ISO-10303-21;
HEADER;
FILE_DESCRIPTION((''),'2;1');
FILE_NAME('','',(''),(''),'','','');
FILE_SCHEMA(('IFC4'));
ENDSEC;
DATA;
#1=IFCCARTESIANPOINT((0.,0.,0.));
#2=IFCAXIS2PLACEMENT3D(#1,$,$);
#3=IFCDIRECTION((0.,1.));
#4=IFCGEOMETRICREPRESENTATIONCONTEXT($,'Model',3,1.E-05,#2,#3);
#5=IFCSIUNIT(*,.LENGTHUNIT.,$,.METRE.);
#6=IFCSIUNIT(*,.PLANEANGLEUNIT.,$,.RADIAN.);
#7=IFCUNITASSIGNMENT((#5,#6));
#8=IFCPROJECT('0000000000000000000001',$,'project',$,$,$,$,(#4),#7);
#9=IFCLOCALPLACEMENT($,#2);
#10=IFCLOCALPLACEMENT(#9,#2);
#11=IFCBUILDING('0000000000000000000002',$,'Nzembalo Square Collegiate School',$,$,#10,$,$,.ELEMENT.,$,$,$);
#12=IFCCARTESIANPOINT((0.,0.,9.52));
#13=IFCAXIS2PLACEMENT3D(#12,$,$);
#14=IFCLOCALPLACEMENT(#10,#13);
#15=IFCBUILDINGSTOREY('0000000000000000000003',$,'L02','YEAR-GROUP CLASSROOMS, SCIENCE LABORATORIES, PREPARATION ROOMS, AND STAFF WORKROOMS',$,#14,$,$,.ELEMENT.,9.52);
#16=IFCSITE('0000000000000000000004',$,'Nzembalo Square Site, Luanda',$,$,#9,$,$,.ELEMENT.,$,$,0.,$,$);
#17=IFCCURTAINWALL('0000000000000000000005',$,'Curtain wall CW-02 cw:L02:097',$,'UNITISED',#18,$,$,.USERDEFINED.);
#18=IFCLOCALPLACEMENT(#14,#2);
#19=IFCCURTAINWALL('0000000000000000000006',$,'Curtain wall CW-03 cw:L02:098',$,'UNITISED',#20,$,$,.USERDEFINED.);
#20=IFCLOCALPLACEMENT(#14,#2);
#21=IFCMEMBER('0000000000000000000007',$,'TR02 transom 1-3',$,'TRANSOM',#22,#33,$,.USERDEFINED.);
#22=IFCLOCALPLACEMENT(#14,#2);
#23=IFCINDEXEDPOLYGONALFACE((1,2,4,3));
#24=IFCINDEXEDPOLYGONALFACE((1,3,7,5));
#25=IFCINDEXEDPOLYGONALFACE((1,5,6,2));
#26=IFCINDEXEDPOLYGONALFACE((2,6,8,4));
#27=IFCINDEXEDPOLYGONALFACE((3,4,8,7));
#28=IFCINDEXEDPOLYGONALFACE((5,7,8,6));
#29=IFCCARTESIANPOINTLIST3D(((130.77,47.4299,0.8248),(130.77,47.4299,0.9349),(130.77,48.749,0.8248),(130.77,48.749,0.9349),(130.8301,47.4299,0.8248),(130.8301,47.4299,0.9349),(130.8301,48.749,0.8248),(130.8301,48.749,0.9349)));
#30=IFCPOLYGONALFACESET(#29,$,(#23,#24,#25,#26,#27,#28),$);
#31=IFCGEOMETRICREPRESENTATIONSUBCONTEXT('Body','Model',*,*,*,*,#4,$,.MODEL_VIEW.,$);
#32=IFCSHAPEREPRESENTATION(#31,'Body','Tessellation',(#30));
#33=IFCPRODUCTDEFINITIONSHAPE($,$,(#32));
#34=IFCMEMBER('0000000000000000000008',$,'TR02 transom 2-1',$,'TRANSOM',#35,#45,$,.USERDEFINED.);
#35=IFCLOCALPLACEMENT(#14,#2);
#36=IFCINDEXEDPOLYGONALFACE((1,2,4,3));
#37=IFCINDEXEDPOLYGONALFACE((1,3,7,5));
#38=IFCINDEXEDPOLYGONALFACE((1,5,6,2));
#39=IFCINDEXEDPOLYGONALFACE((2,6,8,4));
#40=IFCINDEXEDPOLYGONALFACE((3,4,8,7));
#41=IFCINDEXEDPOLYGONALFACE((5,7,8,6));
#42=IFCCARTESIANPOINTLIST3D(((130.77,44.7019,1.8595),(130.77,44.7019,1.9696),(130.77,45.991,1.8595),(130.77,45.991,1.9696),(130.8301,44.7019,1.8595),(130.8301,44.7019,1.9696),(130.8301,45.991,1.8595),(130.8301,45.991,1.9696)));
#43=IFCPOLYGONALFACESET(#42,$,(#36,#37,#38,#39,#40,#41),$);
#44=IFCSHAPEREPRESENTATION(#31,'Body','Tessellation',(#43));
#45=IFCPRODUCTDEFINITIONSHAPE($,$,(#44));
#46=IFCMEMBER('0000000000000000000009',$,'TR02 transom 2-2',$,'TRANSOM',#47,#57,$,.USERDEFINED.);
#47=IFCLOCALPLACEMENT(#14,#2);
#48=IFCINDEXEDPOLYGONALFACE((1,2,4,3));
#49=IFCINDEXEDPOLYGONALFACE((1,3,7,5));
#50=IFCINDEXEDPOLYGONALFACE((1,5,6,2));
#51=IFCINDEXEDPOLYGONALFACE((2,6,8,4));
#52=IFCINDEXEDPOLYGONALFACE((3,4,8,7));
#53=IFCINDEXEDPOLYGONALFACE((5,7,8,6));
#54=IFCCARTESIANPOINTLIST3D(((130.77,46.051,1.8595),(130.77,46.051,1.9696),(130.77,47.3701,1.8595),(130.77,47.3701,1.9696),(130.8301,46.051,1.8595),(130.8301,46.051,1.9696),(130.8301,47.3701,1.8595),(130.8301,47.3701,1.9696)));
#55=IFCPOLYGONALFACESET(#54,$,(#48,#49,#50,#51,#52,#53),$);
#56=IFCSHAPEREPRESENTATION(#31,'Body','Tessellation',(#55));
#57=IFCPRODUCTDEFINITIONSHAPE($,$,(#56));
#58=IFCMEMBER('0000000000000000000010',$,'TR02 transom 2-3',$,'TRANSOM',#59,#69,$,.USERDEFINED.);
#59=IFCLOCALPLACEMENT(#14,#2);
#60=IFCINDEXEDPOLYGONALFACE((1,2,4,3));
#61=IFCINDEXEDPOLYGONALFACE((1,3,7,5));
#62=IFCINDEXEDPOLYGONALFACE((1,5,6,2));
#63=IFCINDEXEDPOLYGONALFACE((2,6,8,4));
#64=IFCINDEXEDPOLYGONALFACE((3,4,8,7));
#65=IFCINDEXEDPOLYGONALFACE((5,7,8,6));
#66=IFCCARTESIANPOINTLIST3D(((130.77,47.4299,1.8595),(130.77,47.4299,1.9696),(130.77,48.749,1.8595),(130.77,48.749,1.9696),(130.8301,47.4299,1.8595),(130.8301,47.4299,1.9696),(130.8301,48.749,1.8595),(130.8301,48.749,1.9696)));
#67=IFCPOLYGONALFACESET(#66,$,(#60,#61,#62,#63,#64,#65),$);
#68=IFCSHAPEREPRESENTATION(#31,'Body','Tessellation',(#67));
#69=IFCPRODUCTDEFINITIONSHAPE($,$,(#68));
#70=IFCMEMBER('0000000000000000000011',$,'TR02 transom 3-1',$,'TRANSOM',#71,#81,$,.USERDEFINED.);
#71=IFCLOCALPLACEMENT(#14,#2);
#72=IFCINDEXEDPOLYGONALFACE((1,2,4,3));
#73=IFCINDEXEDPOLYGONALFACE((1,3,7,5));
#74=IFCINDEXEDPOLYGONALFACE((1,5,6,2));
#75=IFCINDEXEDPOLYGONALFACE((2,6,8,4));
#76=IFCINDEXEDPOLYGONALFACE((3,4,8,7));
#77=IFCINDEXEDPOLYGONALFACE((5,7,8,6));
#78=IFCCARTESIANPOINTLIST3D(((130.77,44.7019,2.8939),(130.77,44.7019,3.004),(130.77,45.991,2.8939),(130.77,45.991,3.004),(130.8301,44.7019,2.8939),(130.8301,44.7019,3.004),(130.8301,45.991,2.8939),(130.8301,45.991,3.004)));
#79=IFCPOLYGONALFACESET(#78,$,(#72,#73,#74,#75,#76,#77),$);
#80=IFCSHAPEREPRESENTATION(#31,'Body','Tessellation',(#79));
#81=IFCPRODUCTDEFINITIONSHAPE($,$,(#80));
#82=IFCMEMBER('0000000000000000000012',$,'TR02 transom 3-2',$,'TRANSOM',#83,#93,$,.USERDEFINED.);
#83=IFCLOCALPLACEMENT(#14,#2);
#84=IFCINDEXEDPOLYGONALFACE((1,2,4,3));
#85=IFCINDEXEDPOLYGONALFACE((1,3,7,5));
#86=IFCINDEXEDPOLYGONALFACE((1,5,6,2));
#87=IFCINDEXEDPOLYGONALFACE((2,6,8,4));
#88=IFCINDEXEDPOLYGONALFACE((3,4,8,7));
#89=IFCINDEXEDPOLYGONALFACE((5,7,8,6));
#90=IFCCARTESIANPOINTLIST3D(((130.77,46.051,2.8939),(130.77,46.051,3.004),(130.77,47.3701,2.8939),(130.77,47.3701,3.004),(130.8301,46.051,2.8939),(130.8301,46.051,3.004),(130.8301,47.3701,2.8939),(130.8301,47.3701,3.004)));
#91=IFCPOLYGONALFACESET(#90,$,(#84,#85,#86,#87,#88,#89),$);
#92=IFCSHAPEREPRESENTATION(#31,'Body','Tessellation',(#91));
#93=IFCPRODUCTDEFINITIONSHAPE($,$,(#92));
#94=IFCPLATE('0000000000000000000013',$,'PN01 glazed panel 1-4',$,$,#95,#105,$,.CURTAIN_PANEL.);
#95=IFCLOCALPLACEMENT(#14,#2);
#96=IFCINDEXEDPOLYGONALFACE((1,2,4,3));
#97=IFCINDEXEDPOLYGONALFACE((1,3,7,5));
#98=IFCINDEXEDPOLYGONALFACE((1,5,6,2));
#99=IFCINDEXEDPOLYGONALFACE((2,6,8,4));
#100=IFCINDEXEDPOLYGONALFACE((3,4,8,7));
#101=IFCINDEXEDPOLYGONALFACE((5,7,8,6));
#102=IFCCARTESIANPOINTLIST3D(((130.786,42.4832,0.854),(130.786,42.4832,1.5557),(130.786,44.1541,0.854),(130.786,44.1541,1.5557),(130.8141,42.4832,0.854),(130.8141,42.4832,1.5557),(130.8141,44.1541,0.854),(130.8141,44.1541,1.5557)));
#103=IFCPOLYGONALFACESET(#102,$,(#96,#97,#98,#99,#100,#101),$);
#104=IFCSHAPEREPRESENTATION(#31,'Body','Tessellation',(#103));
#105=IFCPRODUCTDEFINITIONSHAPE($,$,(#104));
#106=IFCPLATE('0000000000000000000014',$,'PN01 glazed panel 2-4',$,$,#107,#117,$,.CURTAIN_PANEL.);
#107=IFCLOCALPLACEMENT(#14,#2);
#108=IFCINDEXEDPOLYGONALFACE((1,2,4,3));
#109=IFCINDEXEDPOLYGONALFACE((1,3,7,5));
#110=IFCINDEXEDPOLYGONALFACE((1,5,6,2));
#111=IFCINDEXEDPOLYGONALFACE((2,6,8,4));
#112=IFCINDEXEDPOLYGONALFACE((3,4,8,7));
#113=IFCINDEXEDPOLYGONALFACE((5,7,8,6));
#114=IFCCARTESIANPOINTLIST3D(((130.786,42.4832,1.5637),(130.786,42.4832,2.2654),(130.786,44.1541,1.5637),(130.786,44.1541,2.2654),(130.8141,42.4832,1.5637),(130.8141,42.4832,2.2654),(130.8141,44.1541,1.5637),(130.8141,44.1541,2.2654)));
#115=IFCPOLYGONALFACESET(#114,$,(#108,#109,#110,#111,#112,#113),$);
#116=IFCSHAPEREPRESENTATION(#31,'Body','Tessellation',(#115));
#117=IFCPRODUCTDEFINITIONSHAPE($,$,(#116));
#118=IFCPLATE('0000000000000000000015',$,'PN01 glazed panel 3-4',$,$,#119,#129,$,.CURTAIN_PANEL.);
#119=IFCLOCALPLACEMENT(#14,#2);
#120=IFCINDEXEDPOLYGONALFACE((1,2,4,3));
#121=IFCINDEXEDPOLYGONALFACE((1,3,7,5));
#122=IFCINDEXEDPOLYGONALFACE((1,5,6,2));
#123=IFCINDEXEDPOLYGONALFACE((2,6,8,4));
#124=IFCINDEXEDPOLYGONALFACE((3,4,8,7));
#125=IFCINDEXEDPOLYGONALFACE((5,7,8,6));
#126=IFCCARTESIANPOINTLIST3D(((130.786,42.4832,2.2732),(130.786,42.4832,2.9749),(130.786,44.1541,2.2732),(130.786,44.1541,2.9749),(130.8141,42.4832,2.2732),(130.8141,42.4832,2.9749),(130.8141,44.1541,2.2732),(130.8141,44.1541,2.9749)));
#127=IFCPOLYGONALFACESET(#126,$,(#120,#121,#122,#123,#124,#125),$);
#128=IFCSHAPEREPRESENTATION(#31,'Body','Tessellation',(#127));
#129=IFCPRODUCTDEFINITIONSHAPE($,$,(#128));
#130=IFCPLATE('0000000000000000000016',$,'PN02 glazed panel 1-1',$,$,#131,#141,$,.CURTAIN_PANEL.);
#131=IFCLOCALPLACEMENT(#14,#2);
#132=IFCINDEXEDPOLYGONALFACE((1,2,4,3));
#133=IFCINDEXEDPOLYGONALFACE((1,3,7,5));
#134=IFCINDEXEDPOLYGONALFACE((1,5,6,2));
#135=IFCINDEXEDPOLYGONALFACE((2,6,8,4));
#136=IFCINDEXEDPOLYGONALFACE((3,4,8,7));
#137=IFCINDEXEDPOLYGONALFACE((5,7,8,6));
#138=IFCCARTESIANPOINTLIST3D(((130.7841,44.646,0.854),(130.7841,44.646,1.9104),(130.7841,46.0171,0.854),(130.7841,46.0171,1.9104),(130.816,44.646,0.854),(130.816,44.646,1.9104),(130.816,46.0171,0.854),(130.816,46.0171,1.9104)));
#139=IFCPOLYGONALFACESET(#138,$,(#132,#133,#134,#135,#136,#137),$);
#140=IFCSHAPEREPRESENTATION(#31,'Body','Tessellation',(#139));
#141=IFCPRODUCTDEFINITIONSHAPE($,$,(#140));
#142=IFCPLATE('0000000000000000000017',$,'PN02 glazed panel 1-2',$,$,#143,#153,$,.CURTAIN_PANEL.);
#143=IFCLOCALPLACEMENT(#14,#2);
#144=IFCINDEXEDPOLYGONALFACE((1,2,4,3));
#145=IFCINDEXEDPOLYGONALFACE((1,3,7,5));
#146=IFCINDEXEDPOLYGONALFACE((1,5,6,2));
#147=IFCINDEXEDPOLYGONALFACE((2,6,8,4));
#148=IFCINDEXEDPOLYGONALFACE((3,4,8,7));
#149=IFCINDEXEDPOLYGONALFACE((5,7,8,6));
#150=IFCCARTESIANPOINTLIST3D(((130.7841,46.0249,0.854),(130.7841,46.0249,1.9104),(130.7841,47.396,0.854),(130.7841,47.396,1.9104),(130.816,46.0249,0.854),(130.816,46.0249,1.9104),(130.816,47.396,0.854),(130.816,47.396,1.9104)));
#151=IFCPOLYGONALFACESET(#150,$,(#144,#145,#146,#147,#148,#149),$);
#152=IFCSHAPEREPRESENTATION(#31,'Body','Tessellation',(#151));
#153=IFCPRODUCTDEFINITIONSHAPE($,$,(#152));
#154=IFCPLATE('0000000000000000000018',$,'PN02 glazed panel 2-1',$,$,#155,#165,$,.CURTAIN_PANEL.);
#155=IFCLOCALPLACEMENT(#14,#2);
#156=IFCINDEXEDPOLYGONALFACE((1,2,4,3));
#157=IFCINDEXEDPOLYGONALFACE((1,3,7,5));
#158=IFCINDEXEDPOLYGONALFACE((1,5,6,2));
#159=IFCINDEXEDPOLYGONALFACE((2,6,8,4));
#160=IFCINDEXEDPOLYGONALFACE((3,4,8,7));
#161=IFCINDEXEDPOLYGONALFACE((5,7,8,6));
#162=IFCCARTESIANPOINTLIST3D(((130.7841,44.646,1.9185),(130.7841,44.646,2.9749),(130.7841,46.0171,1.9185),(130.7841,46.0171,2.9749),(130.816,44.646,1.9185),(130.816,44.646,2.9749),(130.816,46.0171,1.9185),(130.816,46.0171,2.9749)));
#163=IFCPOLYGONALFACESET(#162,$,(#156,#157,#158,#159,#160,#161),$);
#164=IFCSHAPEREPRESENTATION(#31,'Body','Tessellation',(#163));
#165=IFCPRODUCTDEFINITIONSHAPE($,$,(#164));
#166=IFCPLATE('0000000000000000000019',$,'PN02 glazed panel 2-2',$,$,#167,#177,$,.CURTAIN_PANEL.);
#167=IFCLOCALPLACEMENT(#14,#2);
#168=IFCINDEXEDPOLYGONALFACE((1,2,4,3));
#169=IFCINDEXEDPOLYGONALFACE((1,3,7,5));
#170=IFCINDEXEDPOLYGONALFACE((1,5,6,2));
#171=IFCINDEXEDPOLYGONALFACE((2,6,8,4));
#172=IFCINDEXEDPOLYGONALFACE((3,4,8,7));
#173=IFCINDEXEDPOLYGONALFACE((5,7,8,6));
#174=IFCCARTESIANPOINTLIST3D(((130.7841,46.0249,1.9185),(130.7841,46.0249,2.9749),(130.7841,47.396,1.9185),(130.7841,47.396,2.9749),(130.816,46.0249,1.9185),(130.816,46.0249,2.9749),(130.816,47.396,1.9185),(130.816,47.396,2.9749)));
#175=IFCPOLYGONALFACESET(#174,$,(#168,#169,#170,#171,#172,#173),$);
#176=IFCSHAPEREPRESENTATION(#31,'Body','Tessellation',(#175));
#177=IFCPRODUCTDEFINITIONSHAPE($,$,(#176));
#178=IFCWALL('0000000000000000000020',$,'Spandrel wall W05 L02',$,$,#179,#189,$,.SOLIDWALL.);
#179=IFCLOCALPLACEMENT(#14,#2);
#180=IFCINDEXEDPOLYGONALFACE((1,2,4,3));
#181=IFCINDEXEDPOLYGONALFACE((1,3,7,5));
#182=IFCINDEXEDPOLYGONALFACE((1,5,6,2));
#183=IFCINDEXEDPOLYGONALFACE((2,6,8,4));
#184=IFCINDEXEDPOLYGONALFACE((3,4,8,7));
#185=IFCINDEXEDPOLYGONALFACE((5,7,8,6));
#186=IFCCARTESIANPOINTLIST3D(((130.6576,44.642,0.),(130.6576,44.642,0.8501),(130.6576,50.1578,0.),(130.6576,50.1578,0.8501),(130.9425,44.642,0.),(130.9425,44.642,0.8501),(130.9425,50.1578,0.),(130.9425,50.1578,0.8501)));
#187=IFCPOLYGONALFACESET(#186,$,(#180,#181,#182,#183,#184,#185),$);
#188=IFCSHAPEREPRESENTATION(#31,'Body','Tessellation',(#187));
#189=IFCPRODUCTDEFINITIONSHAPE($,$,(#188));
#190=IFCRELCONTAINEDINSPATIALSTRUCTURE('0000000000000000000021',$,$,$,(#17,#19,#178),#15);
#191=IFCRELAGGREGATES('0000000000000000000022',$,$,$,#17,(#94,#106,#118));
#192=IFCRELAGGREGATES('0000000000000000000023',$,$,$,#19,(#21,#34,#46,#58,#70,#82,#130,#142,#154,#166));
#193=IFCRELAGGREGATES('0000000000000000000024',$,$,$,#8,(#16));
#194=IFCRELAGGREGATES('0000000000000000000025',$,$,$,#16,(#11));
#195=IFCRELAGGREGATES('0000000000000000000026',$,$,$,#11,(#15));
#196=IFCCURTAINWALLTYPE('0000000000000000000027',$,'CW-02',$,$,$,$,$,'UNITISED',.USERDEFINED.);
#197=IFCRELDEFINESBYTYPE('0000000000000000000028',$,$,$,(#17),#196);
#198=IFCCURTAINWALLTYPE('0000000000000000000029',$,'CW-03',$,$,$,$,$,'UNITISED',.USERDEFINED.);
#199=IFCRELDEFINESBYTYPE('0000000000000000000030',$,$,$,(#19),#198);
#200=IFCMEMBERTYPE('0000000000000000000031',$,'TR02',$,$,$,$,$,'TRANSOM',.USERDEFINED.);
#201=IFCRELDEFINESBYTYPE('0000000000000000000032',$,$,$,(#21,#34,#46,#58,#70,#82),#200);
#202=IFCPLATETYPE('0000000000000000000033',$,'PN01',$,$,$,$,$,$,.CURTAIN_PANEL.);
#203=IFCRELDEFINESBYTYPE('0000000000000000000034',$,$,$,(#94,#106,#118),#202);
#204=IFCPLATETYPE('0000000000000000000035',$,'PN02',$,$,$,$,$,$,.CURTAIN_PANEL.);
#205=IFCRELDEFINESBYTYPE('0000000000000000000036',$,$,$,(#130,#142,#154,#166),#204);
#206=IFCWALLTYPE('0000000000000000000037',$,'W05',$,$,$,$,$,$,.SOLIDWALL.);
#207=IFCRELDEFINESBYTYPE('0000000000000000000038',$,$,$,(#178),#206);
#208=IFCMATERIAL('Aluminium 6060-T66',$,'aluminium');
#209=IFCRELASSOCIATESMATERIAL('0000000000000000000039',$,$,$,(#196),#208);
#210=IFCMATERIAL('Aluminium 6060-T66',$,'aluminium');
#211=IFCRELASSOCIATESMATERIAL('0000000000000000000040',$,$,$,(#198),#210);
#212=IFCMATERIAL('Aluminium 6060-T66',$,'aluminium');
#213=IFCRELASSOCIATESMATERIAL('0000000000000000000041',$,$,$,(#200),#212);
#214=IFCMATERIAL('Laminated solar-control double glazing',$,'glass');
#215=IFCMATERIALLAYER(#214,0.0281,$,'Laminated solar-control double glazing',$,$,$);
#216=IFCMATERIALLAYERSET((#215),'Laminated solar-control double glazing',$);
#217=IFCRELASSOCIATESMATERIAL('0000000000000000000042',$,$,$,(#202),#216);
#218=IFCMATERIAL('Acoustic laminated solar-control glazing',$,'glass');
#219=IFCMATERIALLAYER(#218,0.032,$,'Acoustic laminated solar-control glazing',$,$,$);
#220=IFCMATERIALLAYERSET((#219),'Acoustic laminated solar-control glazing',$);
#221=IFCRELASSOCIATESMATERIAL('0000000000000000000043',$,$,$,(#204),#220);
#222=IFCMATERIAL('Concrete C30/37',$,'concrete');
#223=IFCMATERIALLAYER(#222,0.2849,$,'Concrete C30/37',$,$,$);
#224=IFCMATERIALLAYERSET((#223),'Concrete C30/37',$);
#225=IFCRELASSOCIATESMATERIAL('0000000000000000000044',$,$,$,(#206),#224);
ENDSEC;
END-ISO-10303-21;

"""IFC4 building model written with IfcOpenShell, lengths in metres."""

from ifc_helpers import new_model, si_unit, direction, frame, frame_2d, origin, origin_2d, place, context, subcontext, project, spatial, rectangle, extrude, material, layer, layer_set, material_profile, profile_set, type_object, element, aggregate, save


model = new_model("IFC4")

# Units and contexts
model_context = context("Model", 3, precision=1e-05, world=origin(), true_north=direction((0.0, 1.0)))
body_context = subcontext(model_context, "Body", "Model", "MODEL_VIEW")
ifc_project = project(units=[si_unit("LENGTHUNIT", "METRE"), si_unit("PLANEANGLEUNIT", "RADIAN")], contexts=[model_context])

# Site, building, storey
site_placement = place(None, origin())
site = spatial("IfcSite", under=ifc_project, at=site_placement, Name="Nzembalo Square Site, Luanda", CompositionType="ELEMENT", RefElevation=0.0)
building_placement = place(site_placement, origin())
building = spatial("IfcBuilding", under=site, at=building_placement, Name="Nzembalo Square Collegiate School", CompositionType="ELEMENT")
storey_placement = place(building_placement, frame((0.0, 0.0, 9.52)))
storey = spatial("IfcBuildingStorey", under=building, at=storey_placement, Name="L02", Description="YEAR-GROUP CLASSROOMS, SCIENCE LABORATORIES, PREPARATION ROOMS, AND STAFF WORKROOMS", CompositionType="ELEMENT", Elevation=9.52)

# Curtain wall
ifc_material_1 = material(Name="Aluminium 6060-T66", Category="aluminium")
curtain_wall_type_1 = type_object("IfcCurtainWallType", Name="CW-02", ElementType="UNITISED", PredefinedType="USERDEFINED", material=ifc_material_1)
curtain_wall_1_placement = place(storey_placement, origin())
curtain_wall_1 = element("IfcCurtainWall", 1, at=curtain_wall_1_placement, inside=storey, type_object=curtain_wall_type_1, Name="Curtain wall CW-02 cw:L02:097", ObjectType="UNITISED", PredefinedType="USERDEFINED")

# Curtain wall
ifc_material_2 = material(Name="Aluminium 6060-T66", Category="aluminium")
curtain_wall_type_2 = type_object("IfcCurtainWallType", Name="CW-03", ElementType="UNITISED", PredefinedType="USERDEFINED", material=ifc_material_2)
curtain_wall_2_placement = place(storey_placement, origin())
curtain_wall_2 = element("IfcCurtainWall", 2, at=curtain_wall_2_placement, inside=storey, type_object=curtain_wall_type_2, Name="Curtain wall CW-03 cw:L02:098", ObjectType="UNITISED", PredefinedType="USERDEFINED")

# Members
ifc_material_3 = material(Name="Aluminium 6060-T66", Category="aluminium")
ifc_material_profile_1 = material_profile(ifc_material_3, rectangle(XDim=0.0601, YDim=0.1101, at=origin_2d()), Name="ALU T60x110")
ifc_profile_set_1 = profile_set([ifc_material_profile_1], Name="Aluminium 6060-T66")
member_type_1 = type_object("IfcMemberType", Name="TR02", ElementType="TRANSOM", PredefinedType="USERDEFINED", material=ifc_profile_set_1)
member_1_placement = place(storey_placement, frame((130.8, 47.4299, 0.8799), z_axis=(0.0, 1.0, 0.0), x_axis=(-1.0, 0.0, 0.0)))
member_1 = element("IfcMember", 3, at=member_1_placement, type_object=member_type_1, Name="TR02 transom 1-3", ObjectType="TRANSOM", PredefinedType="USERDEFINED", context=body_context, shape_type="SweptSolid", body=[
    extrude(rectangle(XDim=0.0601, YDim=0.1101, at=origin_2d()), origin(), (0.0, 0.0, 1.0), 1.3191),
])
member_2_placement = place(storey_placement, frame((130.8, 44.7019, 1.9146), z_axis=(0.0, 1.0, 0.0), x_axis=(-1.0, 0.0, 0.0)))
member_2 = element("IfcMember", 4, at=member_2_placement, type_object=member_type_1, Name="TR02 transom 2-1", ObjectType="TRANSOM", PredefinedType="USERDEFINED", context=body_context, shape_type="SweptSolid", body=[
    extrude(rectangle(XDim=0.0601, YDim=0.1101, at=origin_2d()), origin(), (0.0, 0.0, 1.0), 1.2891),
])
member_3_placement = place(storey_placement, frame((130.8, 46.051, 1.9146), z_axis=(0.0, 1.0, 0.0), x_axis=(-1.0, 0.0, 0.0)))
member_3 = element("IfcMember", 5, at=member_3_placement, type_object=member_type_1, Name="TR02 transom 2-2", ObjectType="TRANSOM", PredefinedType="USERDEFINED", context=body_context, shape_type="SweptSolid", body=[
    extrude(rectangle(XDim=0.0601, YDim=0.1101, at=origin_2d()), origin(), (0.0, 0.0, 1.0), 1.3191),
])
member_4_placement = place(storey_placement, frame((130.8, 47.4299, 1.9146), z_axis=(0.0, 1.0, 0.0), x_axis=(-1.0, 0.0, 0.0)))
member_4 = element("IfcMember", 6, at=member_4_placement, type_object=member_type_1, Name="TR02 transom 2-3", ObjectType="TRANSOM", PredefinedType="USERDEFINED", context=body_context, shape_type="SweptSolid", body=[
    extrude(rectangle(XDim=0.0601, YDim=0.1101, at=origin_2d()), origin(), (0.0, 0.0, 1.0), 1.3191),
])
member_5_placement = place(storey_placement, frame((130.8, 44.7019, 2.949), z_axis=(0.0, 1.0, 0.0), x_axis=(-1.0, 0.0, 0.0)))
member_5 = element("IfcMember", 7, at=member_5_placement, type_object=member_type_1, Name="TR02 transom 3-1", ObjectType="TRANSOM", PredefinedType="USERDEFINED", context=body_context, shape_type="SweptSolid", body=[
    extrude(rectangle(XDim=0.0601, YDim=0.1101, at=origin_2d()), origin(), (0.0, 0.0, 1.0), 1.2891),
])
member_6_placement = place(storey_placement, frame((130.8, 46.051, 2.949), z_axis=(0.0, 1.0, 0.0), x_axis=(-1.0, 0.0, 0.0)))
member_6 = element("IfcMember", 8, at=member_6_placement, type_object=member_type_1, Name="TR02 transom 3-2", ObjectType="TRANSOM", PredefinedType="USERDEFINED", context=body_context, shape_type="SweptSolid", body=[
    extrude(rectangle(XDim=0.0601, YDim=0.1101, at=origin_2d()), origin(), (0.0, 0.0, 1.0), 1.3191),
])

# Plates
ifc_material_4 = material(Name="Laminated solar-control double glazing", Category="glass")
ifc_layer_1 = layer(ifc_material_4, 0.0281, Name="Laminated solar-control double glazing")
ifc_layer_set_1 = layer_set([ifc_layer_1], Name="Laminated solar-control double glazing")
plate_type_1 = type_object("IfcPlateType", Name="PN01", PredefinedType="CURTAIN_PANEL", material=ifc_layer_set_1)
plate_1_placement = place(storey_placement, frame((130.8, 43.3186, 0.854), z_axis=(0.0, 0.0, 1.0), x_axis=(0.0, 1.0, 0.0)))
plate_1 = element("IfcPlate", 9, at=plate_1_placement, type_object=plate_type_1, Name="PN01 glazed panel 1-4", PredefinedType="CURTAIN_PANEL", context=body_context, shape_type="SweptSolid", body=[
    extrude(rectangle(XDim=1.6709, YDim=0.0281, at=origin_2d()), origin(), (0.0, 0.0, 1.0), 0.7017),
])
plate_2_placement = place(storey_placement, frame((130.8, 43.3186, 1.5637), z_axis=(0.0, 0.0, 1.0), x_axis=(0.0, 1.0, 0.0)))
plate_2 = element("IfcPlate", 10, at=plate_2_placement, type_object=plate_type_1, Name="PN01 glazed panel 2-4", PredefinedType="CURTAIN_PANEL", context=body_context, shape_type="SweptSolid", body=[
    extrude(rectangle(XDim=1.6709, YDim=0.0281, at=origin_2d()), origin(), (0.0, 0.0, 1.0), 0.7017),
])
plate_3_placement = place(storey_placement, frame((130.8, 43.3186, 2.2732), z_axis=(0.0, 0.0, 1.0), x_axis=(0.0, 1.0, 0.0)))
plate_3 = element("IfcPlate", 11, at=plate_3_placement, type_object=plate_type_1, Name="PN01 glazed panel 3-4", PredefinedType="CURTAIN_PANEL", context=body_context, shape_type="SweptSolid", body=[
    extrude(rectangle(XDim=1.6709, YDim=0.0281, at=origin_2d()), origin(), (0.0, 0.0, 1.0), 0.7017),
])
aggregate(curtain_wall_1, [plate_1, plate_2, plate_3])
ifc_material_5 = material(Name="Acoustic laminated solar-control glazing", Category="glass")
ifc_layer_2 = layer(ifc_material_5, 0.032, Name="Acoustic laminated solar-control glazing")
ifc_layer_set_2 = layer_set([ifc_layer_2], Name="Acoustic laminated solar-control glazing")
plate_type_2 = type_object("IfcPlateType", Name="PN02", PredefinedType="CURTAIN_PANEL", material=ifc_layer_set_2)
plate_4_placement = place(storey_placement, frame((130.8, 45.3315, 0.854), z_axis=(0.0, 0.0, 1.0), x_axis=(0.0, 1.0, 0.0)))
plate_4 = element("IfcPlate", 12, at=plate_4_placement, type_object=plate_type_2, Name="PN02 glazed panel 1-1", PredefinedType="CURTAIN_PANEL", context=body_context, shape_type="SweptSolid", body=[
    extrude(rectangle(XDim=1.3711, YDim=0.032, at=origin_2d()), origin(), (0.0, 0.0, 1.0), 1.0564),
])
plate_5_placement = place(storey_placement, frame((130.8, 46.7104, 0.854), z_axis=(0.0, 0.0, 1.0), x_axis=(0.0, 1.0, 0.0)))
plate_5 = element("IfcPlate", 13, at=plate_5_placement, type_object=plate_type_2, Name="PN02 glazed panel 1-2", PredefinedType="CURTAIN_PANEL", context=body_context, shape_type="SweptSolid", body=[
    extrude(rectangle(XDim=1.3711, YDim=0.032, at=origin_2d()), origin(), (0.0, 0.0, 1.0), 1.0564),
])
plate_6_placement = place(storey_placement, frame((130.8, 45.3315, 1.9185), z_axis=(0.0, 0.0, 1.0), x_axis=(0.0, 1.0, 0.0)))
plate_6 = element("IfcPlate", 14, at=plate_6_placement, type_object=plate_type_2, Name="PN02 glazed panel 2-1", PredefinedType="CURTAIN_PANEL", context=body_context, shape_type="SweptSolid", body=[
    extrude(rectangle(XDim=1.3711, YDim=0.032, at=origin_2d()), origin(), (0.0, 0.0, 1.0), 1.0564),
])
plate_7_placement = place(storey_placement, frame((130.8, 46.7104, 1.9185), z_axis=(0.0, 0.0, 1.0), x_axis=(0.0, 1.0, 0.0)))
plate_7 = element("IfcPlate", 15, at=plate_7_placement, type_object=plate_type_2, Name="PN02 glazed panel 2-2", PredefinedType="CURTAIN_PANEL", context=body_context, shape_type="SweptSolid", body=[
    extrude(rectangle(XDim=1.3711, YDim=0.032, at=origin_2d()), origin(), (0.0, 0.0, 1.0), 1.0564),
])
aggregate(curtain_wall_2, [member_1, member_2, member_3, member_4, member_5, member_6, plate_4, plate_5, plate_6, plate_7])

# Wall
ifc_material_6 = material(Name="Concrete C30/37", Category="concrete")
ifc_layer_3 = layer(ifc_material_6, 0.2849, Name="Concrete C30/37")
ifc_layer_set_3 = layer_set([ifc_layer_3], Name="Concrete C30/37")
wall_type = type_object("IfcWallType", Name="W05", PredefinedType="SOLIDWALL", material=ifc_layer_set_3)
wall_placement = place(storey_placement, frame((130.8, 44.6421, 0.0), z_axis=(0.0, 0.0, 1.0), x_axis=(0.0, 1.0, 0.0)))
element("IfcWall", 16, at=wall_placement, inside=storey, type_object=wall_type, Name="Spandrel wall W05 L02", PredefinedType="SOLIDWALL", context=body_context, shape_type="SweptSolid", body=[
    extrude(rectangle(XDim=5.5159, YDim=0.2849, at=frame_2d((2.7578, 0.0))), origin(), (0.0, 0.0, 1.0), 0.8501),
])

save(model, "model.ifc")
